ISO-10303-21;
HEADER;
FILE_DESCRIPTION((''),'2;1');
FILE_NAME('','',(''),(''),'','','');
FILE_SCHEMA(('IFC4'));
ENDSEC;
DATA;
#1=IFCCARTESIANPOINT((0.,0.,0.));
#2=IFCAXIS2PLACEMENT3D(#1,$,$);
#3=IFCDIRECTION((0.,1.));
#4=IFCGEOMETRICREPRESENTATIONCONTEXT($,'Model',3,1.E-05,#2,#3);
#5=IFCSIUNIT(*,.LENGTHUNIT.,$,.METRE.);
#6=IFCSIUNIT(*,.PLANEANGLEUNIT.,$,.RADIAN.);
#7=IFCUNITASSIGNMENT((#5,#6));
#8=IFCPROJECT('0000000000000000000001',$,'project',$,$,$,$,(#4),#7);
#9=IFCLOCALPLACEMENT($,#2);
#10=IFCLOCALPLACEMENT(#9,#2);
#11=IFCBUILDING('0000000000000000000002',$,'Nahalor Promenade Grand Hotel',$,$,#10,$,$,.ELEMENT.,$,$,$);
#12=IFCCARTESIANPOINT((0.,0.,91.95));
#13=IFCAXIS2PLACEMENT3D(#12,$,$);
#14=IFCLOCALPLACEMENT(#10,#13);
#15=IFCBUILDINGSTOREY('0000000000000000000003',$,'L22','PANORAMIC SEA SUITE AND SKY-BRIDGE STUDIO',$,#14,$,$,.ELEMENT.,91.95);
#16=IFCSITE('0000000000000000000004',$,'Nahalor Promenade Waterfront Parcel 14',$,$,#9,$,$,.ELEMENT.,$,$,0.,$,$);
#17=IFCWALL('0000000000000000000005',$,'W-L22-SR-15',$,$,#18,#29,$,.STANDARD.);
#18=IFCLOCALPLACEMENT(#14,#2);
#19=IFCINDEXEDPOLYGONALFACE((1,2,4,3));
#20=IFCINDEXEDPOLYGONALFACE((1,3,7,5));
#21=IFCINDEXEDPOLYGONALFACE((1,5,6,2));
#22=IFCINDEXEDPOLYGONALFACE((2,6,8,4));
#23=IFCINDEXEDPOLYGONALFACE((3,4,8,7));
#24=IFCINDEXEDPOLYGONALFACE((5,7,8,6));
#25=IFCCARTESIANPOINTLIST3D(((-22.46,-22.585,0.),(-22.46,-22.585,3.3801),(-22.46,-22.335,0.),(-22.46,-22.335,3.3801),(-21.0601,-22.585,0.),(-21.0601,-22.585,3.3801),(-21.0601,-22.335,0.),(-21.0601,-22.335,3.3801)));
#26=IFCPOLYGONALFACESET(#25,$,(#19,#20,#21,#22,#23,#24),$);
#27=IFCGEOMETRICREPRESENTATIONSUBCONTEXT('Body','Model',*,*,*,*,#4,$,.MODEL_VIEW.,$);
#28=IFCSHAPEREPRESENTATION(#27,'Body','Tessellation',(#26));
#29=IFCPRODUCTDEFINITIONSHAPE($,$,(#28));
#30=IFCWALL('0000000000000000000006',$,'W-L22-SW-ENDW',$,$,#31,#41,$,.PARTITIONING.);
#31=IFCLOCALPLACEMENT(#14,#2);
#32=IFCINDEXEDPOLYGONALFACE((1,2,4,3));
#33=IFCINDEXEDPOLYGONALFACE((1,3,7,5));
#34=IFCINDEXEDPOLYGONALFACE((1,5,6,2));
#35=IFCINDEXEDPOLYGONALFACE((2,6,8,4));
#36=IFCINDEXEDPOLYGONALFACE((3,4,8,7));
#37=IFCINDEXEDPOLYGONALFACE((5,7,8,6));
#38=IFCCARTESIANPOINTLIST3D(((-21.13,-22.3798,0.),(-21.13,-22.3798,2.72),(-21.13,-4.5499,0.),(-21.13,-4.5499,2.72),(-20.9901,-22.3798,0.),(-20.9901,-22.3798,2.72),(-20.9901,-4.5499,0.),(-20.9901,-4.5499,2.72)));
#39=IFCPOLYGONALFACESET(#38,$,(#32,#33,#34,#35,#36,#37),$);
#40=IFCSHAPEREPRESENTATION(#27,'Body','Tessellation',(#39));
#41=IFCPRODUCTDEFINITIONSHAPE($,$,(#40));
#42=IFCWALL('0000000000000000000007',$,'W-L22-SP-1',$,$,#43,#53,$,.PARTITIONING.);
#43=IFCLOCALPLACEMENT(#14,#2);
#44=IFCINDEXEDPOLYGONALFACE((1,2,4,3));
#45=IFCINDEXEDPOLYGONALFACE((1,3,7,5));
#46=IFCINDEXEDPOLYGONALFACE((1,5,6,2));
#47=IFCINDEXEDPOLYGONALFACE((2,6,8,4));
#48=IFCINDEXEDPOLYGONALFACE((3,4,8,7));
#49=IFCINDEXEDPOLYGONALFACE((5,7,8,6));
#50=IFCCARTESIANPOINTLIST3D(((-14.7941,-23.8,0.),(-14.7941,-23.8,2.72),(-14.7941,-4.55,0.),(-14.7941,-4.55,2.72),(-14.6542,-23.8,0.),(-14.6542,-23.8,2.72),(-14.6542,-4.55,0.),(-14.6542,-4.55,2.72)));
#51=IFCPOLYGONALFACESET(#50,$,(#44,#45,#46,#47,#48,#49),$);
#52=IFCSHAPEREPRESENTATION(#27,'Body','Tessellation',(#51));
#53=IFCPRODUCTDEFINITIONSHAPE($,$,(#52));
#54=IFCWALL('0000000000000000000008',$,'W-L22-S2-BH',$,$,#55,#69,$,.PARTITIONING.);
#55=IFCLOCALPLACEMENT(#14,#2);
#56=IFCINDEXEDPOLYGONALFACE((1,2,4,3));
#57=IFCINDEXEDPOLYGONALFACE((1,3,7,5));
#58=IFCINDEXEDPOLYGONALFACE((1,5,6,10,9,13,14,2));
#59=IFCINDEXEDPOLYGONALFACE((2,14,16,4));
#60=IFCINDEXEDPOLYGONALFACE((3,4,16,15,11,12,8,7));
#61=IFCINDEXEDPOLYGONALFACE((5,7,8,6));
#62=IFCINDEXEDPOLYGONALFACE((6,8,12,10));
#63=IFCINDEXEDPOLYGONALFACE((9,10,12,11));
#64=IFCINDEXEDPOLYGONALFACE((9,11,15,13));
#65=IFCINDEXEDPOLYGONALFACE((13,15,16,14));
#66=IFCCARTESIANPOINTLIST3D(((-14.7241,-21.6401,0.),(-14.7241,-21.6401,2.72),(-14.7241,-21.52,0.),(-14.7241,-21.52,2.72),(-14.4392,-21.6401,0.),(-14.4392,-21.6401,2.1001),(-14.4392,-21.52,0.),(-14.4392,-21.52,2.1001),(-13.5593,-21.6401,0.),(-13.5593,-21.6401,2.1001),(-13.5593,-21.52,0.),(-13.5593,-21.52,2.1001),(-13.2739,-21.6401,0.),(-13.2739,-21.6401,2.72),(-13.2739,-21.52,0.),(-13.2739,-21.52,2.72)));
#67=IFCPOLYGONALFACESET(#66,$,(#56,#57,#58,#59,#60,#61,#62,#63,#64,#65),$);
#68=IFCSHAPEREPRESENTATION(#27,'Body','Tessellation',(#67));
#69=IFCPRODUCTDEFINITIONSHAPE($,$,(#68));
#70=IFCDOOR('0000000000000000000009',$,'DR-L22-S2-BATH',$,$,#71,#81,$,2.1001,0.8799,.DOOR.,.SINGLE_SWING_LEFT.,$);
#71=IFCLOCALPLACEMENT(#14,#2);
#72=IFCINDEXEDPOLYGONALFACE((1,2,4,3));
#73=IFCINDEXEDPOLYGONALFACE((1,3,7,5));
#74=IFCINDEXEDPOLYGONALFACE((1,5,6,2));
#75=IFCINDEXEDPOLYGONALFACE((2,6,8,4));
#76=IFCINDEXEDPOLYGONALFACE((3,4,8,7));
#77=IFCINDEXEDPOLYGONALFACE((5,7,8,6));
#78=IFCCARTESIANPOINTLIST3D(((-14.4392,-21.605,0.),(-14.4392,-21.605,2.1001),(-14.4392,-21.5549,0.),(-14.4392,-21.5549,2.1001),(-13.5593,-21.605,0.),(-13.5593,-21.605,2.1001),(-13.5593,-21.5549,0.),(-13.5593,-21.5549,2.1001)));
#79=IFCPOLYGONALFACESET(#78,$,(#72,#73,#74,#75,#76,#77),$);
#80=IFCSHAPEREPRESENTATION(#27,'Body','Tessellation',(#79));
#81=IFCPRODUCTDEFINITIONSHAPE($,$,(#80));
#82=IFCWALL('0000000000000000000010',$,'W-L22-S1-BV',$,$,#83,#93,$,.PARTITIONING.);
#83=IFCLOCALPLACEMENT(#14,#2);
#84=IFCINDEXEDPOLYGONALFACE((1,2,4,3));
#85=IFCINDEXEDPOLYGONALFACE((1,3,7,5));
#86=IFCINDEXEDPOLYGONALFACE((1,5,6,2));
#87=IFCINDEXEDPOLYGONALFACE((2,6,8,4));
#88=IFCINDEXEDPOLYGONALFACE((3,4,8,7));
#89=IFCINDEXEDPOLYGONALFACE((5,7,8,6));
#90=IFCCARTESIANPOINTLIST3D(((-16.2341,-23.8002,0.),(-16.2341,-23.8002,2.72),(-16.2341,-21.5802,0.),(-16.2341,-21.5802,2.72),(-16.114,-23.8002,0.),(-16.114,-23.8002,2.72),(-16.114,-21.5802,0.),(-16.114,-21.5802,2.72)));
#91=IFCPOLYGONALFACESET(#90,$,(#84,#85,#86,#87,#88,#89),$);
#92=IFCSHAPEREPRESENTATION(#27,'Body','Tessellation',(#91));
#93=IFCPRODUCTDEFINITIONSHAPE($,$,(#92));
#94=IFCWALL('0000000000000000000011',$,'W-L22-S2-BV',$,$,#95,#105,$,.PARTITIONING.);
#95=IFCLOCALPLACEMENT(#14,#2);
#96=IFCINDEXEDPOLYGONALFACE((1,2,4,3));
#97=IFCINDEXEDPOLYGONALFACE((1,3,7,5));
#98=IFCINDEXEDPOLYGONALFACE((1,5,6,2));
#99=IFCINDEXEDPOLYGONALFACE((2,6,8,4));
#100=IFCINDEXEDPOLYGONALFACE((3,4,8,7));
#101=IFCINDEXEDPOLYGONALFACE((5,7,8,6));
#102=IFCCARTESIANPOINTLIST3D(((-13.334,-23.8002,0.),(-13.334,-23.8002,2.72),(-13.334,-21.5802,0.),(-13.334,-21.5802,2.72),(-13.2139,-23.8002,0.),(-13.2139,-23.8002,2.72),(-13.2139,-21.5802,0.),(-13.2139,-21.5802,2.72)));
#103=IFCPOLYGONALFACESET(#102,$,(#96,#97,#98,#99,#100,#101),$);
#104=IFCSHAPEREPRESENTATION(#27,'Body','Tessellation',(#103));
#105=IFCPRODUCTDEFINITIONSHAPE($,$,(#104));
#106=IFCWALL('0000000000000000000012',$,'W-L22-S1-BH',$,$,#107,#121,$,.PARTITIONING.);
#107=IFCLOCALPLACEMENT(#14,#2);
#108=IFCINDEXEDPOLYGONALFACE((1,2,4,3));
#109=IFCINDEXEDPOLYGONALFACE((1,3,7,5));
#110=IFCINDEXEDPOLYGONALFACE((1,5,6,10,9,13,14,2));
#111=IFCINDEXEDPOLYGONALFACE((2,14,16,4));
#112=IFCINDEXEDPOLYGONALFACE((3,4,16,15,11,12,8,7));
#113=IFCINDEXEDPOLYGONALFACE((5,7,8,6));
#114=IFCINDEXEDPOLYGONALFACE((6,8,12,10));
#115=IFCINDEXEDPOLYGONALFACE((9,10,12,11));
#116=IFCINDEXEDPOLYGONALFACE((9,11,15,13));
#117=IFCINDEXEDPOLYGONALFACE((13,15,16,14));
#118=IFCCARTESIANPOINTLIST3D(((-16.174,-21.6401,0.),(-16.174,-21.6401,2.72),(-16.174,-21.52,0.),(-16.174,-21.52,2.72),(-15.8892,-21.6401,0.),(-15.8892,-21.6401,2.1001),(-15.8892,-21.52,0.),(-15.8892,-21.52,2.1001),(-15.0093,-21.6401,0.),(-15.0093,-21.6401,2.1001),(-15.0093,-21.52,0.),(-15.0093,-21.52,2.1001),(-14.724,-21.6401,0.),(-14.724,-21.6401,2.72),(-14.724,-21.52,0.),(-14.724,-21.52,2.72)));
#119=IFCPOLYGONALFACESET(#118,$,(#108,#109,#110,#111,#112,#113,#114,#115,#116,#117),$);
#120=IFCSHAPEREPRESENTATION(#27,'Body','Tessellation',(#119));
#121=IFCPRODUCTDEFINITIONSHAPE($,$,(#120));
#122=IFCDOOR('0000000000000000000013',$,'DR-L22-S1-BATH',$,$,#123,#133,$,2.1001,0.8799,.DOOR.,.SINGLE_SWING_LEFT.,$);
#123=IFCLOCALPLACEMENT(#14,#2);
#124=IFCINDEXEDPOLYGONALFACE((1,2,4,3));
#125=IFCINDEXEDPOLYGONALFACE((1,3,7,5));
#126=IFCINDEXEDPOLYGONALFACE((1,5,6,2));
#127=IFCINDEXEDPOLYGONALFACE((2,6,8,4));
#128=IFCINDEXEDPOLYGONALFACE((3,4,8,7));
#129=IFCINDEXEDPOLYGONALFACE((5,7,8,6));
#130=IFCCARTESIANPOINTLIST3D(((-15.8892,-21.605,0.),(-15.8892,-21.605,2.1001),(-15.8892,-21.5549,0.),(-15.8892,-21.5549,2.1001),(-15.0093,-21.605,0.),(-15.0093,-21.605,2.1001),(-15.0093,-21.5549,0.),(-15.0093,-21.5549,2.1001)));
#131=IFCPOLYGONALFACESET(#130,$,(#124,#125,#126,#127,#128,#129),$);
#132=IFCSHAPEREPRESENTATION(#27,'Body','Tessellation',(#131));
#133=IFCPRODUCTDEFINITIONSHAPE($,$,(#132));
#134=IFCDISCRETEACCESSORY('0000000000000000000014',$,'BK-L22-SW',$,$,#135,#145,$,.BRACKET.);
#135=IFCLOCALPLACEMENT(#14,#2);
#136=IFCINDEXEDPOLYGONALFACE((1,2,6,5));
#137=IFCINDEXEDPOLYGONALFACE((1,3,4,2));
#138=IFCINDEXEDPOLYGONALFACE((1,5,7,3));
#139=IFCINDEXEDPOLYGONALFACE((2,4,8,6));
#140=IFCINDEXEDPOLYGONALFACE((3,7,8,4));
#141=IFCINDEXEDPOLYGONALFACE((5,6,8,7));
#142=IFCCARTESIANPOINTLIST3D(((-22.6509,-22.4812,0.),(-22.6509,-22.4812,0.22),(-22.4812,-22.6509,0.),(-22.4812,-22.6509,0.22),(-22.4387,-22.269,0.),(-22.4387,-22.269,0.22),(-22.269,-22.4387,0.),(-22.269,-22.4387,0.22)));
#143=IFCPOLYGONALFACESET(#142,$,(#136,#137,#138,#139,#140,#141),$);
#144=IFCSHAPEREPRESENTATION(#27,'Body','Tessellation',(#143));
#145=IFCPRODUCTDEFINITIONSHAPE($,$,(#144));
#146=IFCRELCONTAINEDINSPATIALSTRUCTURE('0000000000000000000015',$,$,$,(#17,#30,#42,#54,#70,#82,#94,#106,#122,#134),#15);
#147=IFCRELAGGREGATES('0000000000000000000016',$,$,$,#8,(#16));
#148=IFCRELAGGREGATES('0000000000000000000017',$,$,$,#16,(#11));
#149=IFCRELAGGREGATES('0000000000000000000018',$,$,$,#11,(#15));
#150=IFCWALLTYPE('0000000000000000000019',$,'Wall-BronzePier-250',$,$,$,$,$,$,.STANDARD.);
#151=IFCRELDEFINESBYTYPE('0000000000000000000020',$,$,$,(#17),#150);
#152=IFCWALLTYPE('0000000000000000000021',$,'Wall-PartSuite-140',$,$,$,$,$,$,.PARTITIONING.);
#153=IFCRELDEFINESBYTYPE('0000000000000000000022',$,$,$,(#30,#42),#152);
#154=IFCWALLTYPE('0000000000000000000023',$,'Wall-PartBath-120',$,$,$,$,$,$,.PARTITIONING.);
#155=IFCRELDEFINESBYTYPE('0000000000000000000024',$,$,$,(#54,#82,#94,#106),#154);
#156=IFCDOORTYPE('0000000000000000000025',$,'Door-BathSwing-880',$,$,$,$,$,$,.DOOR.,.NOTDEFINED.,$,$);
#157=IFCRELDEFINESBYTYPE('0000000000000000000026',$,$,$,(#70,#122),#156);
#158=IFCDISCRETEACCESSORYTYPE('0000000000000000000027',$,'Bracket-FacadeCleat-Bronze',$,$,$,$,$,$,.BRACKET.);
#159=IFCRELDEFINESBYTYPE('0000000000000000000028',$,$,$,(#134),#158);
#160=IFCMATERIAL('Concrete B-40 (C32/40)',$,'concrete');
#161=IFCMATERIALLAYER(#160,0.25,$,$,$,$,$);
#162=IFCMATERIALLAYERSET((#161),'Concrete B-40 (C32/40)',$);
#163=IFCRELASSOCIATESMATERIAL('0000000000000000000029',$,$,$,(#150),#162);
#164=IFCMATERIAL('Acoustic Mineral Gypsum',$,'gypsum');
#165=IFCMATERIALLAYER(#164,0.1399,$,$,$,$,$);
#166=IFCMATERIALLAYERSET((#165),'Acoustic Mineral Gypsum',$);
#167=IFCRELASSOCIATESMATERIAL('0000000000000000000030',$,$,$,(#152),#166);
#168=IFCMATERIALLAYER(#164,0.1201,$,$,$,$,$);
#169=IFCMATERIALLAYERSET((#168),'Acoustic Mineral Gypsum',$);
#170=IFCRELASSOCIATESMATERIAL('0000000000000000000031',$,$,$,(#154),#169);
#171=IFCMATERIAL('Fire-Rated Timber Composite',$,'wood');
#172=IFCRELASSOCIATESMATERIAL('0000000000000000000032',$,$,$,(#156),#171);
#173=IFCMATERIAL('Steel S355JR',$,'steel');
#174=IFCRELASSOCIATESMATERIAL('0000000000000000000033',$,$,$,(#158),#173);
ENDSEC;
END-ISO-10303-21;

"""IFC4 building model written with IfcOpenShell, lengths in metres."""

from ifc_helpers import new_model, si_unit, direction, frame, frame_2d, origin, origin_2d, place, context, subcontext, project, spatial, rectangle, extrude, source, transform, mapped, material, layer, layer_set, type_object, element, fill, save


model = new_model("IFC4")

# Units and contexts
model_context = context("Model", 3, precision=1e-05, world=origin(), true_north=direction((0.0, 1.0)))
body_context = subcontext(model_context, "Body", "Model", "MODEL_VIEW")
ifc_project = project(units=[si_unit("LENGTHUNIT", "METRE"), si_unit("PLANEANGLEUNIT", "RADIAN")], contexts=[model_context])

# Site, building, storey
site_placement = place(None, origin())
site = spatial("IfcSite", under=ifc_project, at=site_placement, Name="Nahalor Promenade Waterfront Parcel 14", CompositionType="ELEMENT", RefElevation=0.0)
building_placement = place(site_placement, origin())
building = spatial("IfcBuilding", under=site, at=building_placement, Name="Nahalor Promenade Grand Hotel", CompositionType="ELEMENT")
storey_placement = place(building_placement, frame((0.0, 0.0, 91.95)))
storey = spatial("IfcBuildingStorey", under=building, at=storey_placement, Name="L22", Description="PANORAMIC SEA SUITE AND SKY-BRIDGE STUDIO", CompositionType="ELEMENT", Elevation=91.95)

# Shared definitions
ifc_material_1 = material(Name="Steel S355JR", Category="steel")

# Walls
ifc_material_2 = material(Name="Concrete B-40 (C32/40)", Category="concrete")
ifc_layer_1 = layer(ifc_material_2, 0.25)
ifc_layer_set_1 = layer_set([ifc_layer_1], Name="Concrete B-40 (C32/40)")
wall_type_1 = type_object("IfcWallType", Name="Wall-BronzePier-250", PredefinedType="STANDARD", material=ifc_layer_set_1)
shared_shape_1 = source(origin(), body_context, "Body", "SweptSolid", [
    extrude(rectangle(XDim=1.3999, YDim=0.25, at=frame_2d((0.7, 0.0))), origin(), (0.0, 0.0, 1.0), 3.3801),
])
for number, where, z_axis, x_axis, name in (
    (1, (-22.46, -22.46, 0.0), (0.0, 0.0, 1.0), (1.0, 0.0, 0.0), "W-L22-SR-15"),
):
    element("IfcWall", number, at=place(storey_placement, frame(where, z_axis=z_axis, x_axis=x_axis)), inside=storey, type_object=wall_type_1, Name=name, PredefinedType="STANDARD", context=body_context, shape_type="MappedRepresentation", body=[
        mapped(shared_shape_1, transform((0.0, 0.0, 0.0), scale=1.0)),
    ])
ifc_material_3 = material(Name="Acoustic Mineral Gypsum", Category="gypsum")
ifc_layer_2 = layer(ifc_material_3, 0.1399)
ifc_layer_set_2 = layer_set([ifc_layer_2], Name="Acoustic Mineral Gypsum")
wall_type_2 = type_object("IfcWallType", Name="Wall-PartSuite-140", PredefinedType="PARTITIONING", material=ifc_layer_set_2)
shared_shape_2 = source(origin(), body_context, "Body", "SweptSolid", [
    extrude(rectangle(XDim=17.8298, YDim=0.1399, at=frame_2d((8.915, 0.0))), origin(), (0.0, 0.0, 1.0), 2.72),
])
wall_1_placement = place(storey_placement, frame((-21.0601, -22.3799, 0.0), z_axis=(0.0, 0.0, 1.0), x_axis=(0.0, 1.0, 0.0)))
element("IfcWall", 2, at=wall_1_placement, inside=storey, type_object=wall_type_2, Name="W-L22-SW-ENDW", PredefinedType="PARTITIONING", context=body_context, shape_type="MappedRepresentation", body=[
    mapped(shared_shape_2, transform((0.0, 0.0, 0.0), scale=1.0)),
])
shared_shape_3 = source(origin(), body_context, "Body", "SweptSolid", [
    extrude(rectangle(XDim=19.25, YDim=0.1399, at=frame_2d((9.625, 0.0))), origin(), (0.0, 0.0, 1.0), 2.72),
])
wall_2_placement = place(storey_placement, frame((-14.7241, -23.8, 0.0), z_axis=(0.0, 0.0, 1.0), x_axis=(0.0, 1.0, 0.0)))
element("IfcWall", 3, at=wall_2_placement, inside=storey, type_object=wall_type_2, Name="W-L22-SP-1", PredefinedType="PARTITIONING", context=body_context, shape_type="MappedRepresentation", body=[
    mapped(shared_shape_3, transform((0.0, 0.0, 0.0), scale=1.0)),
])

# Wall, opening, door
ifc_layer_3 = layer(ifc_material_3, 0.1201)
ifc_layer_set_3 = layer_set([ifc_layer_3], Name="Acoustic Mineral Gypsum")
wall_type_3 = type_object("IfcWallType", Name="Wall-PartBath-120", PredefinedType="PARTITIONING", material=ifc_layer_set_3)
shared_shape_4 = source(origin(), body_context, "Body", "SweptSolid", [
    extrude(rectangle(XDim=1.4502, YDim=0.1201, at=frame_2d((0.7251, 0.0))), origin(), (0.0, 0.0, 1.0), 2.72),
])
wall_3_placement = place(storey_placement, frame((-14.7241, -21.5801, 0.0), z_axis=(0.0, 0.0, 1.0), x_axis=(1.0, 0.0, 0.0)))
wall_3 = element("IfcWall", 4, at=wall_3_placement, inside=storey, type_object=wall_type_3, Name="W-L22-S2-BH", PredefinedType="PARTITIONING", context=body_context, shape_type="MappedRepresentation", body=[
    mapped(shared_shape_4, transform((0.0, 0.0, 0.0), scale=1.0)),
])
opening_1_placement = place(wall_3_placement, frame((0.2849, 0.0, 0.0)))
opening_1 = element("IfcOpeningElement", 5, at=opening_1_placement, cuts=wall_3, PredefinedType="OPENING", context=body_context, shape_type="SweptSolid", body=[
    extrude(rectangle(XDim=0.8799, YDim=2.1001, at=frame_2d((0.4399, 1.05))), frame((0.0, 0.0701, 0.0), z_axis=(0.0, -1.0, 0.0), x_axis=(1.0, 0.0, 0.0)), (0.0, 0.0, 1.0), 0.1401),
])
ifc_material_4 = material(Name="Fire-Rated Timber Composite", Category="wood")
door_type = type_object("IfcDoorType", Name="Door-BathSwing-880", OperationType="NOTDEFINED", PredefinedType="DOOR", material=ifc_material_4)
shared_shape_5 = source(origin(), body_context, "Body", "SweptSolid", [
    extrude(rectangle(XDim=0.8799, YDim=2.1001, at=frame_2d((0.4399, 1.05))), frame((0.0, 0.0249, 0.0), z_axis=(0.0, -1.0, 0.0), x_axis=(1.0, 0.0, 0.0)), (0.0, 0.0, 1.0), 0.05),
])
door_1_placement = place(opening_1_placement, frame((0.8799, 0.0, 0.0), z_axis=(0.0, 0.0, 1.0), x_axis=(-1.0, 0.0, 0.0)))
door_1 = element("IfcDoor", 6, at=door_1_placement, inside=storey, type_object=door_type, Name="DR-L22-S2-BATH", OperationType="SINGLE_SWING_LEFT", OverallHeight=2.1001, OverallWidth=0.8799, PredefinedType="DOOR", context=body_context, shape_type="MappedRepresentation", body=[
    mapped(shared_shape_5, transform((0.0, 0.0, 0.0), scale=1.0)),
])
fill(opening_1, door_1)

# Walls
shared_shape_6 = source(origin(), body_context, "Body", "SweptSolid", [
    extrude(rectangle(XDim=2.22, YDim=0.1201, at=frame_2d((1.1099, 0.0))), origin(), (0.0, 0.0, 1.0), 2.72),
])
for number, where, z_axis, x_axis, name in (
    (7, (-16.1741, -23.8, 0.0), (0.0, 0.0, 1.0), (0.0, 1.0, 0.0), "W-L22-S1-BV"),
    (8, (-13.2739, -23.8, 0.0), (0.0, 0.0, 1.0), (0.0, 1.0, 0.0), "W-L22-S2-BV"),
):
    element("IfcWall", number, at=place(storey_placement, frame(where, z_axis=z_axis, x_axis=x_axis)), inside=storey, type_object=wall_type_3, Name=name, PredefinedType="PARTITIONING", context=body_context, shape_type="MappedRepresentation", body=[
        mapped(shared_shape_6, transform((0.0, 0.0, 0.0), scale=1.0)),
    ])

# Wall, opening, door
shared_shape_7 = source(origin(), body_context, "Body", "SweptSolid", [
    extrude(rectangle(XDim=1.45, YDim=0.1201, at=frame_2d((0.7251, 0.0))), origin(), (0.0, 0.0, 1.0), 2.72),
])
wall_4_placement = place(storey_placement, frame((-16.1741, -21.5801, 0.0), z_axis=(0.0, 0.0, 1.0), x_axis=(1.0, 0.0, 0.0)))
wall_4 = element("IfcWall", 9, at=wall_4_placement, inside=storey, type_object=wall_type_3, Name="W-L22-S1-BH", PredefinedType="PARTITIONING", context=body_context, shape_type="MappedRepresentation", body=[
    mapped(shared_shape_7, transform((0.0, 0.0, 0.0), scale=1.0)),
])
opening_2_placement = place(wall_4_placement, frame((0.2849, 0.0, 0.0)))
opening_2 = element("IfcOpeningElement", 10, at=opening_2_placement, cuts=wall_4, PredefinedType="OPENING", context=body_context, shape_type="SweptSolid", body=[
    extrude(rectangle(XDim=0.8799, YDim=2.1001, at=frame_2d((0.4399, 1.05))), frame((0.0, 0.0701, 0.0), z_axis=(0.0, -1.0, 0.0), x_axis=(1.0, 0.0, 0.0)), (0.0, 0.0, 1.0), 0.1401),
])
door_2_placement = place(opening_2_placement, frame((0.8799, 0.0, 0.0), z_axis=(0.0, 0.0, 1.0), x_axis=(-1.0, 0.0, 0.0)))
door_2 = element("IfcDoor", 11, at=door_2_placement, inside=storey, type_object=door_type, Name="DR-L22-S1-BATH", OperationType="SINGLE_SWING_LEFT", OverallHeight=2.1001, OverallWidth=0.8799, PredefinedType="DOOR", context=body_context, shape_type="MappedRepresentation", body=[
    mapped(shared_shape_5, transform((0.0, 0.0, 0.0), scale=1.0)),
])
fill(opening_2, door_2)

# Discrete accessory
discrete_accessory_type = type_object("IfcDiscreteAccessoryType", Name="Bracket-FacadeCleat-Bronze", PredefinedType="BRACKET", material=ifc_material_1)
shared_shape_8 = source(origin(), body_context, "Body", "SweptSolid", [
    extrude(rectangle(XDim=0.3, YDim=0.24, at=origin_2d()), origin(), (0.0, 0.0, 1.0), 0.22),
])
discrete_accessory_placement = place(storey_placement, frame((-22.46, -22.46, 0.0), z_axis=(0.0, 0.0, 1.0), x_axis=(0.707107, 0.707107, 0.0)))
element("IfcDiscreteAccessory", 12, at=discrete_accessory_placement, inside=storey, type_object=discrete_accessory_type, Name="BK-L22-SW", PredefinedType="BRACKET", context=body_context, shape_type="MappedRepresentation", body=[
    mapped(shared_shape_8, transform((0.0, 0.0, 0.0), scale=1.0)),
])

save(model, "model.ifc")
